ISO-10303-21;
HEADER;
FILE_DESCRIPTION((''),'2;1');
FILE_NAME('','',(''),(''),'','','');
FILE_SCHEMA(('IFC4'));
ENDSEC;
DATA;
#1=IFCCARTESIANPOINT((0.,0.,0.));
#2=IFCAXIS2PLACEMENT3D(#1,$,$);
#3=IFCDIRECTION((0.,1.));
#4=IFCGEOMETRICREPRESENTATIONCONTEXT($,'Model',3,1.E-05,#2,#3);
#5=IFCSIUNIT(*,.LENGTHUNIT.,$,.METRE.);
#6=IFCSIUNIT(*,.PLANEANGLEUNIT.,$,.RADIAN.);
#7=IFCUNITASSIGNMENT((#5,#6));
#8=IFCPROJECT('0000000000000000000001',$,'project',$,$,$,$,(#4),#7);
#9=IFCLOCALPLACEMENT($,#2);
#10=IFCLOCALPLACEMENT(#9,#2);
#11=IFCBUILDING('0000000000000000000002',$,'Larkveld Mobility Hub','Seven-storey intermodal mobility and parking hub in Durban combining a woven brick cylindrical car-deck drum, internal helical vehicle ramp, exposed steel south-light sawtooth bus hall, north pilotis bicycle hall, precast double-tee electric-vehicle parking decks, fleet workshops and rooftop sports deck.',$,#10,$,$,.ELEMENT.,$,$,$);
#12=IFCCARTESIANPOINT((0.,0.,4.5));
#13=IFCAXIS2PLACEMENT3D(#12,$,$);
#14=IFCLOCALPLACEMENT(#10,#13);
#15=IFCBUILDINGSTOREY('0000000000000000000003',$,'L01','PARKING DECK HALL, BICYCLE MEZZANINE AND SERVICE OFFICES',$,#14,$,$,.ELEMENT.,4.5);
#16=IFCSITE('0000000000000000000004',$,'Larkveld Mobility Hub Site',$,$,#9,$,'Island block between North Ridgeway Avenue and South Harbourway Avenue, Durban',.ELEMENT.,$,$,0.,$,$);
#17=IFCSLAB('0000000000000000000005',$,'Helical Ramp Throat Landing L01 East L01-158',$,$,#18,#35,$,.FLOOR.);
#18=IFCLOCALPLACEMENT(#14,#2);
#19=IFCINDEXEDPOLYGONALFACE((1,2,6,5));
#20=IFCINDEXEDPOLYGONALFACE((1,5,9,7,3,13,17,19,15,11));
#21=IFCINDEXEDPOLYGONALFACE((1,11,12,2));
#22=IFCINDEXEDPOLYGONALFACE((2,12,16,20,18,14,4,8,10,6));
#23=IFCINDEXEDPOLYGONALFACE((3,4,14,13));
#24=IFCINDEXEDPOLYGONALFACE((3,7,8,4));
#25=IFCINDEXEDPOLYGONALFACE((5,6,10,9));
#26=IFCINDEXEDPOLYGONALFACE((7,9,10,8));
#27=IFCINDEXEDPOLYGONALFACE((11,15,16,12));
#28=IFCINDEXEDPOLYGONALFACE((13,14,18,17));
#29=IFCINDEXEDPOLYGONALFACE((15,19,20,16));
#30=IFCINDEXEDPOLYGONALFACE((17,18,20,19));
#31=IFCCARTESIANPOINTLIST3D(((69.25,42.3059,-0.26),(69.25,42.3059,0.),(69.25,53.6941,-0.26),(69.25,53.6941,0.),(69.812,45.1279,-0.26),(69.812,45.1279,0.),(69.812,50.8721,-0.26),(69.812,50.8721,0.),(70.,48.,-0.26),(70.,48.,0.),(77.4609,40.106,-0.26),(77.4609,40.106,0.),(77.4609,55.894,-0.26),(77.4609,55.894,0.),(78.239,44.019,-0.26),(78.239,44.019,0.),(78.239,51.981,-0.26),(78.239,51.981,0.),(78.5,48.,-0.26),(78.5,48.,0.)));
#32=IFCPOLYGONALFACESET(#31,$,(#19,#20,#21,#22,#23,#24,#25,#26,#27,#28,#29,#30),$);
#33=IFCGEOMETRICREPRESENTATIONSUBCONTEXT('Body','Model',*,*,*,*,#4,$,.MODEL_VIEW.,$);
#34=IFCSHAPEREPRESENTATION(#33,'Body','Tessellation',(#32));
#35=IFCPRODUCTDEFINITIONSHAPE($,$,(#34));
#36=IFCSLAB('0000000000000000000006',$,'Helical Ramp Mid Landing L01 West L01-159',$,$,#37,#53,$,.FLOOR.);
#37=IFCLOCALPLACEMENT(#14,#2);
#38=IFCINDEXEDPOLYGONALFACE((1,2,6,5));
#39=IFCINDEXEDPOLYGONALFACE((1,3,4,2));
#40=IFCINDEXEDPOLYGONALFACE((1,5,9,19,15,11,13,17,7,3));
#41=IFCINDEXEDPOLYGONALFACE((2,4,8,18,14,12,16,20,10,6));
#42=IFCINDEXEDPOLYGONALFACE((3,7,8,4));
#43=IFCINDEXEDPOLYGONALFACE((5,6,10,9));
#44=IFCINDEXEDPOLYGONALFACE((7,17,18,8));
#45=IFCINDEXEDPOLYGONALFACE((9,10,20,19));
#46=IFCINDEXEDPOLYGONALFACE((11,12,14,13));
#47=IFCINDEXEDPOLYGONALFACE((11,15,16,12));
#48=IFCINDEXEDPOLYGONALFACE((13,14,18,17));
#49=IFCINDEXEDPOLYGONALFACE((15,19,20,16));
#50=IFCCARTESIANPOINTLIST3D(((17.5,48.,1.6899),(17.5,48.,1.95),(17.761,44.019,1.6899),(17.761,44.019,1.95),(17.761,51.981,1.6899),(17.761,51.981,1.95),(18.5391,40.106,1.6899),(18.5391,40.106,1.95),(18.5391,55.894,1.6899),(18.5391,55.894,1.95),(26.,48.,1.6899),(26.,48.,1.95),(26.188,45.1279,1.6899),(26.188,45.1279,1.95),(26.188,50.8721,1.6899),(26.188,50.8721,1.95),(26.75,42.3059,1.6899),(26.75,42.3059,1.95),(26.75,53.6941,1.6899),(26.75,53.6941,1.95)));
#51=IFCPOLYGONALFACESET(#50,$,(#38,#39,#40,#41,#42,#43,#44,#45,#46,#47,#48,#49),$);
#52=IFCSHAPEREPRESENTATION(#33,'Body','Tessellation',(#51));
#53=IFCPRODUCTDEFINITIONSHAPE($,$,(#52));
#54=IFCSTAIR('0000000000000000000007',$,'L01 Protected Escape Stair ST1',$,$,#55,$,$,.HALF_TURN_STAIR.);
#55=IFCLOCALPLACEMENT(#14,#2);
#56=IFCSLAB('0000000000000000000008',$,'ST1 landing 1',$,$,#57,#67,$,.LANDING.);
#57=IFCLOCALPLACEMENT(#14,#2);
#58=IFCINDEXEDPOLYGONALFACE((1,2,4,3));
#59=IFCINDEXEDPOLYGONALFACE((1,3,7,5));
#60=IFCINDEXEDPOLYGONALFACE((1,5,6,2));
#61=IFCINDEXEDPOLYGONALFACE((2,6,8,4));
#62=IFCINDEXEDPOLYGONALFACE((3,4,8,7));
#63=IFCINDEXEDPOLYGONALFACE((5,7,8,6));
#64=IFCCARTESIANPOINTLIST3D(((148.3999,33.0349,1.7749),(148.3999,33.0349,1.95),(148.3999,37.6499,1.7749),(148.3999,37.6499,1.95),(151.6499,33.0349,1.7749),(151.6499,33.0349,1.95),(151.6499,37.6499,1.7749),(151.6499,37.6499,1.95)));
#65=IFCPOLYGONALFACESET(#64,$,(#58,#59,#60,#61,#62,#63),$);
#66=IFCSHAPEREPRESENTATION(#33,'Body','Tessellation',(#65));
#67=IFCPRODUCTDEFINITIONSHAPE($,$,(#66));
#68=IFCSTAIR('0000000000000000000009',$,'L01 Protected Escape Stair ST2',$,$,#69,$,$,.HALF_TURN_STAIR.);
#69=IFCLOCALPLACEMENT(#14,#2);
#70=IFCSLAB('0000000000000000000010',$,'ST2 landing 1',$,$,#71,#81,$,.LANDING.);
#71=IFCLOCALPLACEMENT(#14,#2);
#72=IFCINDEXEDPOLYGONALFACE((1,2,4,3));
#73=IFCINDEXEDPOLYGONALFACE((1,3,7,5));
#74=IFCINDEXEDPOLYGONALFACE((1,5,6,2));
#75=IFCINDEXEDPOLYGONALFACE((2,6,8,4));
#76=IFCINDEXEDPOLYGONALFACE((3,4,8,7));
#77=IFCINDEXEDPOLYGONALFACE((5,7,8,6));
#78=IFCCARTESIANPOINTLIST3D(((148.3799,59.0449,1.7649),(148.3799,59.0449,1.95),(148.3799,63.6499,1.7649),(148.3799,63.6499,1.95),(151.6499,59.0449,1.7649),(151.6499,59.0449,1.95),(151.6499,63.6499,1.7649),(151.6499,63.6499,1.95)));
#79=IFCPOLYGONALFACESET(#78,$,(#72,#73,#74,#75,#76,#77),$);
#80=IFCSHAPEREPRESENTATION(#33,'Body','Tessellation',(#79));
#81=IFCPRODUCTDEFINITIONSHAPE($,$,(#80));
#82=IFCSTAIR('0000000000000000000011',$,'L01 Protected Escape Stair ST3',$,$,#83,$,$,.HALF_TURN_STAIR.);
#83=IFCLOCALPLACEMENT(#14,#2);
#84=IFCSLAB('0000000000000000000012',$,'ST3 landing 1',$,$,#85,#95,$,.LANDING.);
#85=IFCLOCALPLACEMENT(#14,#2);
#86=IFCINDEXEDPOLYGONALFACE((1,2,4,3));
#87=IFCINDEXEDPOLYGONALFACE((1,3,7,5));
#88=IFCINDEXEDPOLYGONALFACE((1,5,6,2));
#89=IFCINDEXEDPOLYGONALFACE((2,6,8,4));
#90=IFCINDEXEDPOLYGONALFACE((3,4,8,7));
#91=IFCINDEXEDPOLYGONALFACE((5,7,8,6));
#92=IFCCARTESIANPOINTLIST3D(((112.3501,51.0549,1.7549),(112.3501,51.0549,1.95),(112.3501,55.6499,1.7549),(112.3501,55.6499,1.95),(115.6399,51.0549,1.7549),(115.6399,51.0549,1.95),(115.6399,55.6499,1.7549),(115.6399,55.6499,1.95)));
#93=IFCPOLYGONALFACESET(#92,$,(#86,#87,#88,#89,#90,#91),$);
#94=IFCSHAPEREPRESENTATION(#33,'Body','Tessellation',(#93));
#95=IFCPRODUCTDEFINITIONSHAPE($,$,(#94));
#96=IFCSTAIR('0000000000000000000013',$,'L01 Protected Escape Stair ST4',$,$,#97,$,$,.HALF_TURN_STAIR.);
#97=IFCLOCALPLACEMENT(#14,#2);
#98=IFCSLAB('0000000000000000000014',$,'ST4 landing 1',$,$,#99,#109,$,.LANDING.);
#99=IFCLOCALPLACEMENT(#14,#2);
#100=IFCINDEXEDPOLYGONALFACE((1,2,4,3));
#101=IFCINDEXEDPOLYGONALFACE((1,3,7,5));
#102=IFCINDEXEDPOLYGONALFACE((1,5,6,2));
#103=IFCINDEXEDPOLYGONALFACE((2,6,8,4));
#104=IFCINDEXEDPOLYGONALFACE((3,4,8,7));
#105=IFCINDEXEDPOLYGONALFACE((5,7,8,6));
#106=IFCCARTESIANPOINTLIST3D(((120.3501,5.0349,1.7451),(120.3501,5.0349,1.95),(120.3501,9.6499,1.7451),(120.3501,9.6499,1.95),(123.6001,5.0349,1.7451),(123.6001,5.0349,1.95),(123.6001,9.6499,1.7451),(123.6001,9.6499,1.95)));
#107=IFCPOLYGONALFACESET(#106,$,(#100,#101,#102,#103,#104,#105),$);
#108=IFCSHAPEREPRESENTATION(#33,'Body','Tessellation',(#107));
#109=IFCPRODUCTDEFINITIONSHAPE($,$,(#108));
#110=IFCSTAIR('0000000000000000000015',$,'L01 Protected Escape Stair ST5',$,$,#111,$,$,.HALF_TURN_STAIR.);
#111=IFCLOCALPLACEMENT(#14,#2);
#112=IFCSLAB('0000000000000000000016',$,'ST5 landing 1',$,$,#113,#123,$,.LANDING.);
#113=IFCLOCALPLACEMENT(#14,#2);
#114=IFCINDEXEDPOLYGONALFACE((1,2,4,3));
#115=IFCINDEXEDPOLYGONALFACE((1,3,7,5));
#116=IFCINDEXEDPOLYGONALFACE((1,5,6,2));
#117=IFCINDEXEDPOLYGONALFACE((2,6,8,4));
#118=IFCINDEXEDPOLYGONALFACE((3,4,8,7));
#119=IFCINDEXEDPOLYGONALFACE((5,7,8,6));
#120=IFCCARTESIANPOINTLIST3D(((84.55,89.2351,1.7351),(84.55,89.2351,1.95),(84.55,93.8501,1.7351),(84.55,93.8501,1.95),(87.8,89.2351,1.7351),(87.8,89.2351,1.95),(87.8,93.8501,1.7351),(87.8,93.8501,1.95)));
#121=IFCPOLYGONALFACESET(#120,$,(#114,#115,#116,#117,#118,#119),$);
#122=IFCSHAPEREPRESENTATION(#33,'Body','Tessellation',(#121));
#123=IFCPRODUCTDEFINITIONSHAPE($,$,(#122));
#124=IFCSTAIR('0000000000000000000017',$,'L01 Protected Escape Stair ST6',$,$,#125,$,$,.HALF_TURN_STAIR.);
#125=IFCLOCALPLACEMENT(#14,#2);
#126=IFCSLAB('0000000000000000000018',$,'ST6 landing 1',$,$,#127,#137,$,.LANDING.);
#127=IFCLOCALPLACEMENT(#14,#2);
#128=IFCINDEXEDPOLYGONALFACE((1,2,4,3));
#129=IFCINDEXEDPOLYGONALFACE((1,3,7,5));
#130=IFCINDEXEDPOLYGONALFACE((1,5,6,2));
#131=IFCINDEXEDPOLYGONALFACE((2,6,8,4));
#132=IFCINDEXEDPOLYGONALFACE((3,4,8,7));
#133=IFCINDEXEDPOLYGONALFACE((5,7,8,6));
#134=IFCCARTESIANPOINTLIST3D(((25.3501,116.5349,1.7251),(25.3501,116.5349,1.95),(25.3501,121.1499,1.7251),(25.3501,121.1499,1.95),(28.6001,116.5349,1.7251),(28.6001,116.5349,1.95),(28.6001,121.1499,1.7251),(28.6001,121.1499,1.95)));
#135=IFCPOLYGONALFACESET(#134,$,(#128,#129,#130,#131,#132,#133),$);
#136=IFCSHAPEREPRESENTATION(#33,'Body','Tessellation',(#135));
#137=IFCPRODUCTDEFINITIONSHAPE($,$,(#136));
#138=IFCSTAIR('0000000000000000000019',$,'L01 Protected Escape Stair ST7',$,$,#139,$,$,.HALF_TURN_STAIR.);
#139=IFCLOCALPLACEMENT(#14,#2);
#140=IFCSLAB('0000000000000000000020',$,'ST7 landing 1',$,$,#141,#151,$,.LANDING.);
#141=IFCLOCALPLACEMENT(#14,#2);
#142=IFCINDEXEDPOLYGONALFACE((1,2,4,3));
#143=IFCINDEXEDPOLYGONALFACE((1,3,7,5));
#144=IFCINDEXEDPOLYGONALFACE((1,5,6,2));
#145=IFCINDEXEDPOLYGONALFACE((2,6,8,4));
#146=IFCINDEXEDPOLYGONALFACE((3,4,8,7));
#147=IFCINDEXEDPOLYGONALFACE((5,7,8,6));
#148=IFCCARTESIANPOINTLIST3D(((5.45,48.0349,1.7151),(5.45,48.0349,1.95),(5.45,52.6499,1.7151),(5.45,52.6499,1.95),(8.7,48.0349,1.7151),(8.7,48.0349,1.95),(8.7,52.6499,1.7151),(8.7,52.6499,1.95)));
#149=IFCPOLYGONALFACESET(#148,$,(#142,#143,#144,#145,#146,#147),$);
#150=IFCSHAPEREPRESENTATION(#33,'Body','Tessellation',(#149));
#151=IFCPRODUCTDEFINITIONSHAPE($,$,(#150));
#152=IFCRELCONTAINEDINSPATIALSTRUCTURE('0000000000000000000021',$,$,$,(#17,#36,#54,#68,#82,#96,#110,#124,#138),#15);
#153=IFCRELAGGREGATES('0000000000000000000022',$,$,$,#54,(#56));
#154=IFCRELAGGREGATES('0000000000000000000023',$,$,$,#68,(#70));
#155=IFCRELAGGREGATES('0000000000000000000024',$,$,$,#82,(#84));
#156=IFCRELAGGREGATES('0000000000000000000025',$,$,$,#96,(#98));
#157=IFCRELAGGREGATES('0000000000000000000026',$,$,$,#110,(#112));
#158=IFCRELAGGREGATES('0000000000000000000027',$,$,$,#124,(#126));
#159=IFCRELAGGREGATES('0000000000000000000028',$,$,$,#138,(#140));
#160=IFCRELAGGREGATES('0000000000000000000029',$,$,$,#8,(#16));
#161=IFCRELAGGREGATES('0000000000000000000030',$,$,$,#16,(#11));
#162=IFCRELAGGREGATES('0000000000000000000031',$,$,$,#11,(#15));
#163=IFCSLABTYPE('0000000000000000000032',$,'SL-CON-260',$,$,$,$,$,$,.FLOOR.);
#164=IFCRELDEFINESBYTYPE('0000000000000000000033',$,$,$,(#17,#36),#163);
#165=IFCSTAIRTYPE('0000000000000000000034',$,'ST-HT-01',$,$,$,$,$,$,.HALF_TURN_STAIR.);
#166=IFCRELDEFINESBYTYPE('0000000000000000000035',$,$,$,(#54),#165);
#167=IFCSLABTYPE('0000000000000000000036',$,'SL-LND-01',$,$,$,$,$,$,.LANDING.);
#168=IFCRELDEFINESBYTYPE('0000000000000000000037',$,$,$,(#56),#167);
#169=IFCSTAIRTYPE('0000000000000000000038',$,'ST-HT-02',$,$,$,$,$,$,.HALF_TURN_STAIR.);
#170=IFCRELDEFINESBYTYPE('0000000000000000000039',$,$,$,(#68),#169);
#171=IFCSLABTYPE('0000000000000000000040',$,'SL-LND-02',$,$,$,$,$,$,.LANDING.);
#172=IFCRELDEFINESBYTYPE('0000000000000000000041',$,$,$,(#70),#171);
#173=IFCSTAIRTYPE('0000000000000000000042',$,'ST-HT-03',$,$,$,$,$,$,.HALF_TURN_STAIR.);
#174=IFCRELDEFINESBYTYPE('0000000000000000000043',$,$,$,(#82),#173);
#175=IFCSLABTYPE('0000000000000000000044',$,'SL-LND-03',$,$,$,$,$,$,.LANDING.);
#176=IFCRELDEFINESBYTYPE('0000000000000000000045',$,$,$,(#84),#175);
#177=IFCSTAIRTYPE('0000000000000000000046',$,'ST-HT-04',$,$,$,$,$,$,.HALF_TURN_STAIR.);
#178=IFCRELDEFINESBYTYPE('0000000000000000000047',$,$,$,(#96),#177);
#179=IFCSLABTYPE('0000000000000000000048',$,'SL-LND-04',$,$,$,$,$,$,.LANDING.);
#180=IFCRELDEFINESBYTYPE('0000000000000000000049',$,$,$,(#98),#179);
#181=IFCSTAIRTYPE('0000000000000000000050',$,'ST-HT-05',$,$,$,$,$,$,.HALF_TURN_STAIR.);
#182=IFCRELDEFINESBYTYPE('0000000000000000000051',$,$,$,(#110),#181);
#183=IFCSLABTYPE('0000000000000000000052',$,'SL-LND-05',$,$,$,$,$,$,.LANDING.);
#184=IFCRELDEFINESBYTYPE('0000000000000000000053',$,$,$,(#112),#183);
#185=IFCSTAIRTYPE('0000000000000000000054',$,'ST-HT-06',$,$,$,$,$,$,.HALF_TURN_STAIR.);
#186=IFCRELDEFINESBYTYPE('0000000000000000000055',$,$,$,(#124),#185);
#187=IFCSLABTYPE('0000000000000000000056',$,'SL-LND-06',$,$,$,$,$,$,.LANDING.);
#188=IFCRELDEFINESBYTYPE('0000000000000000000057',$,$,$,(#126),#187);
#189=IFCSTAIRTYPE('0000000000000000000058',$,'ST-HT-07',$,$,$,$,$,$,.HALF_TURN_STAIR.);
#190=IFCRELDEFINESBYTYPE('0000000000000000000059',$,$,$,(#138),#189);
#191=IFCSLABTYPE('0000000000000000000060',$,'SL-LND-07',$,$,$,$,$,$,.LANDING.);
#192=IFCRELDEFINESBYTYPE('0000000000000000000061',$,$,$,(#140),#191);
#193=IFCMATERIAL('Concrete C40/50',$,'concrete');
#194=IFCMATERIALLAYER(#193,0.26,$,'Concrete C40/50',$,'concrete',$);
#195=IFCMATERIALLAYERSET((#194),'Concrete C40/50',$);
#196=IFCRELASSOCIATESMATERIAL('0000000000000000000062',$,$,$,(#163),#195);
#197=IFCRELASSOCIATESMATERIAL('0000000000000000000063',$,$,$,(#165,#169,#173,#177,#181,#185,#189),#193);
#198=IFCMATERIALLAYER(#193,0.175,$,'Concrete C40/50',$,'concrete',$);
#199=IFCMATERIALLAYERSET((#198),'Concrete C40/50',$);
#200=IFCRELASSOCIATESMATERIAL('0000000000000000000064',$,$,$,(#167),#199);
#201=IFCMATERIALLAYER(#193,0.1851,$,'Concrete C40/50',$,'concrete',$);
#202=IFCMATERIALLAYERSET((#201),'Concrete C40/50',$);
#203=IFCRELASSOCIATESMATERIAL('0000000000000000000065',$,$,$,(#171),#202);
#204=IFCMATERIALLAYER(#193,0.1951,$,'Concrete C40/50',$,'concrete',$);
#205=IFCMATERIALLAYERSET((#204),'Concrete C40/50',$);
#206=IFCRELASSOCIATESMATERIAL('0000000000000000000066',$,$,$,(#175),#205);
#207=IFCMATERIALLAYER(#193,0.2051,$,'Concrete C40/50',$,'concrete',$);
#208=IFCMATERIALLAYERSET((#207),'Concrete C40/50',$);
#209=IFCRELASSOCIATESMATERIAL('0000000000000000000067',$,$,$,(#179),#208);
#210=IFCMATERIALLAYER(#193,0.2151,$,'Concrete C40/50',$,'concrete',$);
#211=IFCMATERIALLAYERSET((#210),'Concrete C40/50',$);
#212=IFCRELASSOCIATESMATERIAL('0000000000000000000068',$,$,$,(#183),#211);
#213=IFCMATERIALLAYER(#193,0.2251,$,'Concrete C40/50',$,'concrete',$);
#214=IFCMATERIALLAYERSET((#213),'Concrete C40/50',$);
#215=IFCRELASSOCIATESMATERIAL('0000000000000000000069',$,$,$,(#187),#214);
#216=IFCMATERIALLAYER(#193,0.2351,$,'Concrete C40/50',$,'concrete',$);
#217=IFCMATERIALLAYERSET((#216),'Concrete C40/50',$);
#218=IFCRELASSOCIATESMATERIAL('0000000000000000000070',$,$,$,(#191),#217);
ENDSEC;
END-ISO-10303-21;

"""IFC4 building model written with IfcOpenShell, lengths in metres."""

from ifc_helpers import new_model, si_unit, direction, frame, origin, place, context, subcontext, project, spatial, polyline, outline, extrude, material, layer, layer_set, type_object, element, aggregate, save


model = new_model("IFC4")

# Units and contexts
model_context = context("Model", 3, precision=1e-05, world=origin(), true_north=direction((0.0, 1.0)))
body_context = subcontext(model_context, "Body", "Model", "MODEL_VIEW")
ifc_project = project(units=[si_unit("LENGTHUNIT", "METRE"), si_unit("PLANEANGLEUNIT", "RADIAN")], contexts=[model_context])

# Site, building, storey
site_placement = place(None, origin())
site = spatial("IfcSite", under=ifc_project, at=site_placement, Name="Larkveld Mobility Hub Site", LongName="Island block between North Ridgeway Avenue and South Harbourway Avenue, Durban", CompositionType="ELEMENT", RefElevation=0.0)
building_placement = place(site_placement, origin())
building = spatial("IfcBuilding", under=site, at=building_placement, Name="Larkveld Mobility Hub", Description="Seven-storey intermodal mobility and parking hub in Durban combining a woven brick cylindrical car-deck drum, internal helical vehicle ramp, exposed steel south-light sawtooth bus hall, north pilotis bicycle hall, precast double-tee electric-vehicle parking decks, fleet workshops and rooftop sports deck.", CompositionType="ELEMENT")
storey_placement = place(building_placement, frame((0.0, 0.0, 4.5)))
storey = spatial("IfcBuildingStorey", under=building, at=storey_placement, Name="L01", Description="PARKING DECK HALL, BICYCLE MEZZANINE AND SERVICE OFFICES", CompositionType="ELEMENT", Elevation=4.5)

# Slabs
ifc_material_1 = material(Name="Concrete C40/50", Category="concrete")
ifc_layer_1 = layer(ifc_material_1, 0.26, Name="Concrete C40/50", Category="concrete")
ifc_layer_set_1 = layer_set([ifc_layer_1], Name="Concrete C40/50")
slab_type_1 = type_object("IfcSlabType", Name="SL-CON-260", PredefinedType="FLOOR", material=ifc_layer_set_1)
slab_1_placement = place(storey_placement, frame((0.0, 0.0, -0.26)))
element("IfcSlab", 1, at=slab_1_placement, inside=storey, type_object=slab_type_1, Name="Helical Ramp Throat Landing L01 East L01-158", PredefinedType="FLOOR", context=body_context, shape_type="SweptSolid", body=[
    extrude(outline(polyline([(77.4609, 40.106), (78.239, 44.019), (78.5, 48.0), (78.239, 51.981), (77.4609, 55.894), (69.25, 53.6941), (69.812, 50.8721), (70.0, 48.0), (69.812, 45.1279), (69.25, 42.3059), (77.4609, 40.106)])), origin(), (0.0, 0.0, 1.0), 0.26),
])
slab_2_placement = place(storey_placement, frame((0.0, 0.0, 1.6899)))
element("IfcSlab", 2, at=slab_2_placement, inside=storey, type_object=slab_type_1, Name="Helical Ramp Mid Landing L01 West L01-159", PredefinedType="FLOOR", context=body_context, shape_type="SweptSolid", body=[
    extrude(outline(polyline([(18.5391, 55.894), (17.761, 51.981), (17.5, 48.0), (17.761, 44.019), (18.5391, 40.106), (26.75, 42.3059), (26.188, 45.1279), (26.0, 48.0), (26.188, 50.8721), (26.75, 53.6941), (18.5391, 55.894)])), origin(), (0.0, 0.0, 1.0), 0.26),
])

# Stairs, slabs
stair_type_1 = type_object("IfcStairType", Name="ST-HT-01", PredefinedType="HALF_TURN_STAIR", material=ifc_material_1)
stair_1_placement = place(storey_placement, origin())
stair_1 = element("IfcStair", 3, at=stair_1_placement, inside=storey, type_object=stair_type_1, Name="L01 Protected Escape Stair ST1", PredefinedType="HALF_TURN_STAIR")
ifc_layer_2 = layer(ifc_material_1, 0.175, Name="Concrete C40/50", Category="concrete")
ifc_layer_set_2 = layer_set([ifc_layer_2], Name="Concrete C40/50")
slab_type_2 = type_object("IfcSlabType", Name="SL-LND-01", PredefinedType="LANDING", material=ifc_layer_set_2)
slab_3_placement = place(storey_placement, frame((0.0, 0.0, 1.7749)))
slab_3 = element("IfcSlab", 4, at=slab_3_placement, type_object=slab_type_2, Name="ST1 landing 1", PredefinedType="LANDING", context=body_context, shape_type="SweptSolid", body=[
    extrude(outline(polyline([(151.6499, 33.0349), (151.6499, 37.6499), (148.3999, 37.6499), (148.3999, 33.0349), (151.6499, 33.0349)])), origin(), (0.0, 0.0, 1.0), 0.175),
])
aggregate(stair_1, [slab_3])
stair_type_2 = type_object("IfcStairType", Name="ST-HT-02", PredefinedType="HALF_TURN_STAIR", material=ifc_material_1)
stair_2_placement = place(storey_placement, origin())
stair_2 = element("IfcStair", 5, at=stair_2_placement, inside=storey, type_object=stair_type_2, Name="L01 Protected Escape Stair ST2", PredefinedType="HALF_TURN_STAIR")
ifc_layer_3 = layer(ifc_material_1, 0.1851, Name="Concrete C40/50", Category="concrete")
ifc_layer_set_3 = layer_set([ifc_layer_3], Name="Concrete C40/50")
slab_type_3 = type_object("IfcSlabType", Name="SL-LND-02", PredefinedType="LANDING", material=ifc_layer_set_3)
slab_4_placement = place(storey_placement, frame((0.0, 0.0, 1.7649)))
slab_4 = element("IfcSlab", 6, at=slab_4_placement, type_object=slab_type_3, Name="ST2 landing 1", PredefinedType="LANDING", context=body_context, shape_type="SweptSolid", body=[
    extrude(outline(polyline([(151.6499, 59.0449), (151.6499, 63.6499), (148.3799, 63.6499), (148.3799, 59.0449), (151.6499, 59.0449)])), origin(), (0.0, 0.0, 1.0), 0.1851),
])
aggregate(stair_2, [slab_4])
stair_type_3 = type_object("IfcStairType", Name="ST-HT-03", PredefinedType="HALF_TURN_STAIR", material=ifc_material_1)
stair_3_placement = place(storey_placement, origin())
stair_3 = element("IfcStair", 7, at=stair_3_placement, inside=storey, type_object=stair_type_3, Name="L01 Protected Escape Stair ST3", PredefinedType="HALF_TURN_STAIR")
ifc_layer_4 = layer(ifc_material_1, 0.1951, Name="Concrete C40/50", Category="concrete")
ifc_layer_set_4 = layer_set([ifc_layer_4], Name="Concrete C40/50")
slab_type_4 = type_object("IfcSlabType", Name="SL-LND-03", PredefinedType="LANDING", material=ifc_layer_set_4)
slab_5_placement = place(storey_placement, frame((0.0, 0.0, 1.7549)))
slab_5 = element("IfcSlab", 8, at=slab_5_placement, type_object=slab_type_4, Name="ST3 landing 1", PredefinedType="LANDING", context=body_context, shape_type="SweptSolid", body=[
    extrude(outline(polyline([(115.6399, 51.0549), (115.6399, 55.6499), (112.3501, 55.6499), (112.3501, 51.0549), (115.6399, 51.0549)])), origin(), (0.0, 0.0, 1.0), 0.1951),
])
aggregate(stair_3, [slab_5])
stair_type_4 = type_object("IfcStairType", Name="ST-HT-04", PredefinedType="HALF_TURN_STAIR", material=ifc_material_1)
stair_4_placement = place(storey_placement, origin())
stair_4 = element("IfcStair", 9, at=stair_4_placement, inside=storey, type_object=stair_type_4, Name="L01 Protected Escape Stair ST4", PredefinedType="HALF_TURN_STAIR")
ifc_layer_5 = layer(ifc_material_1, 0.2051, Name="Concrete C40/50", Category="concrete")
ifc_layer_set_5 = layer_set([ifc_layer_5], Name="Concrete C40/50")
slab_type_5 = type_object("IfcSlabType", Name="SL-LND-04", PredefinedType="LANDING", material=ifc_layer_set_5)
slab_6_placement = place(storey_placement, frame((0.0, 0.0, 1.7451)))
slab_6 = element("IfcSlab", 10, at=slab_6_placement, type_object=slab_type_5, Name="ST4 landing 1", PredefinedType="LANDING", context=body_context, shape_type="SweptSolid", body=[
    extrude(outline(polyline([(123.6001, 5.0349), (123.6001, 9.6499), (120.3501, 9.6499), (120.3501, 5.0349), (123.6001, 5.0349)])), origin(), (0.0, 0.0, 1.0), 0.2048),
])
aggregate(stair_4, [slab_6])
stair_type_5 = type_object("IfcStairType", Name="ST-HT-05", PredefinedType="HALF_TURN_STAIR", material=ifc_material_1)
stair_5_placement = place(storey_placement, origin())
stair_5 = element("IfcStair", 11, at=stair_5_placement, inside=storey, type_object=stair_type_5, Name="L01 Protected Escape Stair ST5", PredefinedType="HALF_TURN_STAIR")
ifc_layer_6 = layer(ifc_material_1, 0.2151, Name="Concrete C40/50", Category="concrete")
ifc_layer_set_6 = layer_set([ifc_layer_6], Name="Concrete C40/50")
slab_type_6 = type_object("IfcSlabType", Name="SL-LND-05", PredefinedType="LANDING", material=ifc_layer_set_6)
slab_7_placement = place(storey_placement, frame((0.0, 0.0, 1.7351)))
slab_7 = element("IfcSlab", 12, at=slab_7_placement, type_object=slab_type_6, Name="ST5 landing 1", PredefinedType="LANDING", context=body_context, shape_type="SweptSolid", body=[
    extrude(outline(polyline([(87.8, 89.2351), (87.8, 93.8501), (84.55, 93.8501), (84.55, 89.2351), (87.8, 89.2351)])), origin(), (0.0, 0.0, 1.0), 0.2148),
])
aggregate(stair_5, [slab_7])
stair_type_6 = type_object("IfcStairType", Name="ST-HT-06", PredefinedType="HALF_TURN_STAIR", material=ifc_material_1)
stair_6_placement = place(storey_placement, origin())
stair_6 = element("IfcStair", 13, at=stair_6_placement, inside=storey, type_object=stair_type_6, Name="L01 Protected Escape Stair ST6", PredefinedType="HALF_TURN_STAIR")
ifc_layer_7 = layer(ifc_material_1, 0.2251, Name="Concrete C40/50", Category="concrete")
ifc_layer_set_7 = layer_set([ifc_layer_7], Name="Concrete C40/50")
slab_type_7 = type_object("IfcSlabType", Name="SL-LND-06", PredefinedType="LANDING", material=ifc_layer_set_7)
slab_8_placement = place(storey_placement, frame((0.0, 0.0, 1.7251)))
slab_8 = element("IfcSlab", 14, at=slab_8_placement, type_object=slab_type_7, Name="ST6 landing 1", PredefinedType="LANDING", context=body_context, shape_type="SweptSolid", body=[
    extrude(outline(polyline([(28.6001, 116.5349), (28.6001, 121.1499), (25.3501, 121.1499), (25.3501, 116.5349), (28.6001, 116.5349)])), origin(), (0.0, 0.0, 1.0), 0.2249),
])
aggregate(stair_6, [slab_8])
stair_type_7 = type_object("IfcStairType", Name="ST-HT-07", PredefinedType="HALF_TURN_STAIR", material=ifc_material_1)
stair_7_placement = place(storey_placement, origin())
stair_7 = element("IfcStair", 15, at=stair_7_placement, inside=storey, type_object=stair_type_7, Name="L01 Protected Escape Stair ST7", PredefinedType="HALF_TURN_STAIR")
ifc_layer_8 = layer(ifc_material_1, 0.2351, Name="Concrete C40/50", Category="concrete")
ifc_layer_set_8 = layer_set([ifc_layer_8], Name="Concrete C40/50")
slab_type_8 = type_object("IfcSlabType", Name="SL-LND-07", PredefinedType="LANDING", material=ifc_layer_set_8)
slab_9_placement = place(storey_placement, frame((0.0, 0.0, 1.7151)))
slab_9 = element("IfcSlab", 16, at=slab_9_placement, type_object=slab_type_8, Name="ST7 landing 1", PredefinedType="LANDING", context=body_context, shape_type="SweptSolid", body=[
    extrude(outline(polyline([(8.7, 48.0349), (8.7, 52.6499), (5.45, 52.6499), (5.45, 48.0349), (8.7, 48.0349)])), origin(), (0.0, 0.0, 1.0), 0.2349),
])
aggregate(stair_7, [slab_9])

save(model, "model.ifc")
